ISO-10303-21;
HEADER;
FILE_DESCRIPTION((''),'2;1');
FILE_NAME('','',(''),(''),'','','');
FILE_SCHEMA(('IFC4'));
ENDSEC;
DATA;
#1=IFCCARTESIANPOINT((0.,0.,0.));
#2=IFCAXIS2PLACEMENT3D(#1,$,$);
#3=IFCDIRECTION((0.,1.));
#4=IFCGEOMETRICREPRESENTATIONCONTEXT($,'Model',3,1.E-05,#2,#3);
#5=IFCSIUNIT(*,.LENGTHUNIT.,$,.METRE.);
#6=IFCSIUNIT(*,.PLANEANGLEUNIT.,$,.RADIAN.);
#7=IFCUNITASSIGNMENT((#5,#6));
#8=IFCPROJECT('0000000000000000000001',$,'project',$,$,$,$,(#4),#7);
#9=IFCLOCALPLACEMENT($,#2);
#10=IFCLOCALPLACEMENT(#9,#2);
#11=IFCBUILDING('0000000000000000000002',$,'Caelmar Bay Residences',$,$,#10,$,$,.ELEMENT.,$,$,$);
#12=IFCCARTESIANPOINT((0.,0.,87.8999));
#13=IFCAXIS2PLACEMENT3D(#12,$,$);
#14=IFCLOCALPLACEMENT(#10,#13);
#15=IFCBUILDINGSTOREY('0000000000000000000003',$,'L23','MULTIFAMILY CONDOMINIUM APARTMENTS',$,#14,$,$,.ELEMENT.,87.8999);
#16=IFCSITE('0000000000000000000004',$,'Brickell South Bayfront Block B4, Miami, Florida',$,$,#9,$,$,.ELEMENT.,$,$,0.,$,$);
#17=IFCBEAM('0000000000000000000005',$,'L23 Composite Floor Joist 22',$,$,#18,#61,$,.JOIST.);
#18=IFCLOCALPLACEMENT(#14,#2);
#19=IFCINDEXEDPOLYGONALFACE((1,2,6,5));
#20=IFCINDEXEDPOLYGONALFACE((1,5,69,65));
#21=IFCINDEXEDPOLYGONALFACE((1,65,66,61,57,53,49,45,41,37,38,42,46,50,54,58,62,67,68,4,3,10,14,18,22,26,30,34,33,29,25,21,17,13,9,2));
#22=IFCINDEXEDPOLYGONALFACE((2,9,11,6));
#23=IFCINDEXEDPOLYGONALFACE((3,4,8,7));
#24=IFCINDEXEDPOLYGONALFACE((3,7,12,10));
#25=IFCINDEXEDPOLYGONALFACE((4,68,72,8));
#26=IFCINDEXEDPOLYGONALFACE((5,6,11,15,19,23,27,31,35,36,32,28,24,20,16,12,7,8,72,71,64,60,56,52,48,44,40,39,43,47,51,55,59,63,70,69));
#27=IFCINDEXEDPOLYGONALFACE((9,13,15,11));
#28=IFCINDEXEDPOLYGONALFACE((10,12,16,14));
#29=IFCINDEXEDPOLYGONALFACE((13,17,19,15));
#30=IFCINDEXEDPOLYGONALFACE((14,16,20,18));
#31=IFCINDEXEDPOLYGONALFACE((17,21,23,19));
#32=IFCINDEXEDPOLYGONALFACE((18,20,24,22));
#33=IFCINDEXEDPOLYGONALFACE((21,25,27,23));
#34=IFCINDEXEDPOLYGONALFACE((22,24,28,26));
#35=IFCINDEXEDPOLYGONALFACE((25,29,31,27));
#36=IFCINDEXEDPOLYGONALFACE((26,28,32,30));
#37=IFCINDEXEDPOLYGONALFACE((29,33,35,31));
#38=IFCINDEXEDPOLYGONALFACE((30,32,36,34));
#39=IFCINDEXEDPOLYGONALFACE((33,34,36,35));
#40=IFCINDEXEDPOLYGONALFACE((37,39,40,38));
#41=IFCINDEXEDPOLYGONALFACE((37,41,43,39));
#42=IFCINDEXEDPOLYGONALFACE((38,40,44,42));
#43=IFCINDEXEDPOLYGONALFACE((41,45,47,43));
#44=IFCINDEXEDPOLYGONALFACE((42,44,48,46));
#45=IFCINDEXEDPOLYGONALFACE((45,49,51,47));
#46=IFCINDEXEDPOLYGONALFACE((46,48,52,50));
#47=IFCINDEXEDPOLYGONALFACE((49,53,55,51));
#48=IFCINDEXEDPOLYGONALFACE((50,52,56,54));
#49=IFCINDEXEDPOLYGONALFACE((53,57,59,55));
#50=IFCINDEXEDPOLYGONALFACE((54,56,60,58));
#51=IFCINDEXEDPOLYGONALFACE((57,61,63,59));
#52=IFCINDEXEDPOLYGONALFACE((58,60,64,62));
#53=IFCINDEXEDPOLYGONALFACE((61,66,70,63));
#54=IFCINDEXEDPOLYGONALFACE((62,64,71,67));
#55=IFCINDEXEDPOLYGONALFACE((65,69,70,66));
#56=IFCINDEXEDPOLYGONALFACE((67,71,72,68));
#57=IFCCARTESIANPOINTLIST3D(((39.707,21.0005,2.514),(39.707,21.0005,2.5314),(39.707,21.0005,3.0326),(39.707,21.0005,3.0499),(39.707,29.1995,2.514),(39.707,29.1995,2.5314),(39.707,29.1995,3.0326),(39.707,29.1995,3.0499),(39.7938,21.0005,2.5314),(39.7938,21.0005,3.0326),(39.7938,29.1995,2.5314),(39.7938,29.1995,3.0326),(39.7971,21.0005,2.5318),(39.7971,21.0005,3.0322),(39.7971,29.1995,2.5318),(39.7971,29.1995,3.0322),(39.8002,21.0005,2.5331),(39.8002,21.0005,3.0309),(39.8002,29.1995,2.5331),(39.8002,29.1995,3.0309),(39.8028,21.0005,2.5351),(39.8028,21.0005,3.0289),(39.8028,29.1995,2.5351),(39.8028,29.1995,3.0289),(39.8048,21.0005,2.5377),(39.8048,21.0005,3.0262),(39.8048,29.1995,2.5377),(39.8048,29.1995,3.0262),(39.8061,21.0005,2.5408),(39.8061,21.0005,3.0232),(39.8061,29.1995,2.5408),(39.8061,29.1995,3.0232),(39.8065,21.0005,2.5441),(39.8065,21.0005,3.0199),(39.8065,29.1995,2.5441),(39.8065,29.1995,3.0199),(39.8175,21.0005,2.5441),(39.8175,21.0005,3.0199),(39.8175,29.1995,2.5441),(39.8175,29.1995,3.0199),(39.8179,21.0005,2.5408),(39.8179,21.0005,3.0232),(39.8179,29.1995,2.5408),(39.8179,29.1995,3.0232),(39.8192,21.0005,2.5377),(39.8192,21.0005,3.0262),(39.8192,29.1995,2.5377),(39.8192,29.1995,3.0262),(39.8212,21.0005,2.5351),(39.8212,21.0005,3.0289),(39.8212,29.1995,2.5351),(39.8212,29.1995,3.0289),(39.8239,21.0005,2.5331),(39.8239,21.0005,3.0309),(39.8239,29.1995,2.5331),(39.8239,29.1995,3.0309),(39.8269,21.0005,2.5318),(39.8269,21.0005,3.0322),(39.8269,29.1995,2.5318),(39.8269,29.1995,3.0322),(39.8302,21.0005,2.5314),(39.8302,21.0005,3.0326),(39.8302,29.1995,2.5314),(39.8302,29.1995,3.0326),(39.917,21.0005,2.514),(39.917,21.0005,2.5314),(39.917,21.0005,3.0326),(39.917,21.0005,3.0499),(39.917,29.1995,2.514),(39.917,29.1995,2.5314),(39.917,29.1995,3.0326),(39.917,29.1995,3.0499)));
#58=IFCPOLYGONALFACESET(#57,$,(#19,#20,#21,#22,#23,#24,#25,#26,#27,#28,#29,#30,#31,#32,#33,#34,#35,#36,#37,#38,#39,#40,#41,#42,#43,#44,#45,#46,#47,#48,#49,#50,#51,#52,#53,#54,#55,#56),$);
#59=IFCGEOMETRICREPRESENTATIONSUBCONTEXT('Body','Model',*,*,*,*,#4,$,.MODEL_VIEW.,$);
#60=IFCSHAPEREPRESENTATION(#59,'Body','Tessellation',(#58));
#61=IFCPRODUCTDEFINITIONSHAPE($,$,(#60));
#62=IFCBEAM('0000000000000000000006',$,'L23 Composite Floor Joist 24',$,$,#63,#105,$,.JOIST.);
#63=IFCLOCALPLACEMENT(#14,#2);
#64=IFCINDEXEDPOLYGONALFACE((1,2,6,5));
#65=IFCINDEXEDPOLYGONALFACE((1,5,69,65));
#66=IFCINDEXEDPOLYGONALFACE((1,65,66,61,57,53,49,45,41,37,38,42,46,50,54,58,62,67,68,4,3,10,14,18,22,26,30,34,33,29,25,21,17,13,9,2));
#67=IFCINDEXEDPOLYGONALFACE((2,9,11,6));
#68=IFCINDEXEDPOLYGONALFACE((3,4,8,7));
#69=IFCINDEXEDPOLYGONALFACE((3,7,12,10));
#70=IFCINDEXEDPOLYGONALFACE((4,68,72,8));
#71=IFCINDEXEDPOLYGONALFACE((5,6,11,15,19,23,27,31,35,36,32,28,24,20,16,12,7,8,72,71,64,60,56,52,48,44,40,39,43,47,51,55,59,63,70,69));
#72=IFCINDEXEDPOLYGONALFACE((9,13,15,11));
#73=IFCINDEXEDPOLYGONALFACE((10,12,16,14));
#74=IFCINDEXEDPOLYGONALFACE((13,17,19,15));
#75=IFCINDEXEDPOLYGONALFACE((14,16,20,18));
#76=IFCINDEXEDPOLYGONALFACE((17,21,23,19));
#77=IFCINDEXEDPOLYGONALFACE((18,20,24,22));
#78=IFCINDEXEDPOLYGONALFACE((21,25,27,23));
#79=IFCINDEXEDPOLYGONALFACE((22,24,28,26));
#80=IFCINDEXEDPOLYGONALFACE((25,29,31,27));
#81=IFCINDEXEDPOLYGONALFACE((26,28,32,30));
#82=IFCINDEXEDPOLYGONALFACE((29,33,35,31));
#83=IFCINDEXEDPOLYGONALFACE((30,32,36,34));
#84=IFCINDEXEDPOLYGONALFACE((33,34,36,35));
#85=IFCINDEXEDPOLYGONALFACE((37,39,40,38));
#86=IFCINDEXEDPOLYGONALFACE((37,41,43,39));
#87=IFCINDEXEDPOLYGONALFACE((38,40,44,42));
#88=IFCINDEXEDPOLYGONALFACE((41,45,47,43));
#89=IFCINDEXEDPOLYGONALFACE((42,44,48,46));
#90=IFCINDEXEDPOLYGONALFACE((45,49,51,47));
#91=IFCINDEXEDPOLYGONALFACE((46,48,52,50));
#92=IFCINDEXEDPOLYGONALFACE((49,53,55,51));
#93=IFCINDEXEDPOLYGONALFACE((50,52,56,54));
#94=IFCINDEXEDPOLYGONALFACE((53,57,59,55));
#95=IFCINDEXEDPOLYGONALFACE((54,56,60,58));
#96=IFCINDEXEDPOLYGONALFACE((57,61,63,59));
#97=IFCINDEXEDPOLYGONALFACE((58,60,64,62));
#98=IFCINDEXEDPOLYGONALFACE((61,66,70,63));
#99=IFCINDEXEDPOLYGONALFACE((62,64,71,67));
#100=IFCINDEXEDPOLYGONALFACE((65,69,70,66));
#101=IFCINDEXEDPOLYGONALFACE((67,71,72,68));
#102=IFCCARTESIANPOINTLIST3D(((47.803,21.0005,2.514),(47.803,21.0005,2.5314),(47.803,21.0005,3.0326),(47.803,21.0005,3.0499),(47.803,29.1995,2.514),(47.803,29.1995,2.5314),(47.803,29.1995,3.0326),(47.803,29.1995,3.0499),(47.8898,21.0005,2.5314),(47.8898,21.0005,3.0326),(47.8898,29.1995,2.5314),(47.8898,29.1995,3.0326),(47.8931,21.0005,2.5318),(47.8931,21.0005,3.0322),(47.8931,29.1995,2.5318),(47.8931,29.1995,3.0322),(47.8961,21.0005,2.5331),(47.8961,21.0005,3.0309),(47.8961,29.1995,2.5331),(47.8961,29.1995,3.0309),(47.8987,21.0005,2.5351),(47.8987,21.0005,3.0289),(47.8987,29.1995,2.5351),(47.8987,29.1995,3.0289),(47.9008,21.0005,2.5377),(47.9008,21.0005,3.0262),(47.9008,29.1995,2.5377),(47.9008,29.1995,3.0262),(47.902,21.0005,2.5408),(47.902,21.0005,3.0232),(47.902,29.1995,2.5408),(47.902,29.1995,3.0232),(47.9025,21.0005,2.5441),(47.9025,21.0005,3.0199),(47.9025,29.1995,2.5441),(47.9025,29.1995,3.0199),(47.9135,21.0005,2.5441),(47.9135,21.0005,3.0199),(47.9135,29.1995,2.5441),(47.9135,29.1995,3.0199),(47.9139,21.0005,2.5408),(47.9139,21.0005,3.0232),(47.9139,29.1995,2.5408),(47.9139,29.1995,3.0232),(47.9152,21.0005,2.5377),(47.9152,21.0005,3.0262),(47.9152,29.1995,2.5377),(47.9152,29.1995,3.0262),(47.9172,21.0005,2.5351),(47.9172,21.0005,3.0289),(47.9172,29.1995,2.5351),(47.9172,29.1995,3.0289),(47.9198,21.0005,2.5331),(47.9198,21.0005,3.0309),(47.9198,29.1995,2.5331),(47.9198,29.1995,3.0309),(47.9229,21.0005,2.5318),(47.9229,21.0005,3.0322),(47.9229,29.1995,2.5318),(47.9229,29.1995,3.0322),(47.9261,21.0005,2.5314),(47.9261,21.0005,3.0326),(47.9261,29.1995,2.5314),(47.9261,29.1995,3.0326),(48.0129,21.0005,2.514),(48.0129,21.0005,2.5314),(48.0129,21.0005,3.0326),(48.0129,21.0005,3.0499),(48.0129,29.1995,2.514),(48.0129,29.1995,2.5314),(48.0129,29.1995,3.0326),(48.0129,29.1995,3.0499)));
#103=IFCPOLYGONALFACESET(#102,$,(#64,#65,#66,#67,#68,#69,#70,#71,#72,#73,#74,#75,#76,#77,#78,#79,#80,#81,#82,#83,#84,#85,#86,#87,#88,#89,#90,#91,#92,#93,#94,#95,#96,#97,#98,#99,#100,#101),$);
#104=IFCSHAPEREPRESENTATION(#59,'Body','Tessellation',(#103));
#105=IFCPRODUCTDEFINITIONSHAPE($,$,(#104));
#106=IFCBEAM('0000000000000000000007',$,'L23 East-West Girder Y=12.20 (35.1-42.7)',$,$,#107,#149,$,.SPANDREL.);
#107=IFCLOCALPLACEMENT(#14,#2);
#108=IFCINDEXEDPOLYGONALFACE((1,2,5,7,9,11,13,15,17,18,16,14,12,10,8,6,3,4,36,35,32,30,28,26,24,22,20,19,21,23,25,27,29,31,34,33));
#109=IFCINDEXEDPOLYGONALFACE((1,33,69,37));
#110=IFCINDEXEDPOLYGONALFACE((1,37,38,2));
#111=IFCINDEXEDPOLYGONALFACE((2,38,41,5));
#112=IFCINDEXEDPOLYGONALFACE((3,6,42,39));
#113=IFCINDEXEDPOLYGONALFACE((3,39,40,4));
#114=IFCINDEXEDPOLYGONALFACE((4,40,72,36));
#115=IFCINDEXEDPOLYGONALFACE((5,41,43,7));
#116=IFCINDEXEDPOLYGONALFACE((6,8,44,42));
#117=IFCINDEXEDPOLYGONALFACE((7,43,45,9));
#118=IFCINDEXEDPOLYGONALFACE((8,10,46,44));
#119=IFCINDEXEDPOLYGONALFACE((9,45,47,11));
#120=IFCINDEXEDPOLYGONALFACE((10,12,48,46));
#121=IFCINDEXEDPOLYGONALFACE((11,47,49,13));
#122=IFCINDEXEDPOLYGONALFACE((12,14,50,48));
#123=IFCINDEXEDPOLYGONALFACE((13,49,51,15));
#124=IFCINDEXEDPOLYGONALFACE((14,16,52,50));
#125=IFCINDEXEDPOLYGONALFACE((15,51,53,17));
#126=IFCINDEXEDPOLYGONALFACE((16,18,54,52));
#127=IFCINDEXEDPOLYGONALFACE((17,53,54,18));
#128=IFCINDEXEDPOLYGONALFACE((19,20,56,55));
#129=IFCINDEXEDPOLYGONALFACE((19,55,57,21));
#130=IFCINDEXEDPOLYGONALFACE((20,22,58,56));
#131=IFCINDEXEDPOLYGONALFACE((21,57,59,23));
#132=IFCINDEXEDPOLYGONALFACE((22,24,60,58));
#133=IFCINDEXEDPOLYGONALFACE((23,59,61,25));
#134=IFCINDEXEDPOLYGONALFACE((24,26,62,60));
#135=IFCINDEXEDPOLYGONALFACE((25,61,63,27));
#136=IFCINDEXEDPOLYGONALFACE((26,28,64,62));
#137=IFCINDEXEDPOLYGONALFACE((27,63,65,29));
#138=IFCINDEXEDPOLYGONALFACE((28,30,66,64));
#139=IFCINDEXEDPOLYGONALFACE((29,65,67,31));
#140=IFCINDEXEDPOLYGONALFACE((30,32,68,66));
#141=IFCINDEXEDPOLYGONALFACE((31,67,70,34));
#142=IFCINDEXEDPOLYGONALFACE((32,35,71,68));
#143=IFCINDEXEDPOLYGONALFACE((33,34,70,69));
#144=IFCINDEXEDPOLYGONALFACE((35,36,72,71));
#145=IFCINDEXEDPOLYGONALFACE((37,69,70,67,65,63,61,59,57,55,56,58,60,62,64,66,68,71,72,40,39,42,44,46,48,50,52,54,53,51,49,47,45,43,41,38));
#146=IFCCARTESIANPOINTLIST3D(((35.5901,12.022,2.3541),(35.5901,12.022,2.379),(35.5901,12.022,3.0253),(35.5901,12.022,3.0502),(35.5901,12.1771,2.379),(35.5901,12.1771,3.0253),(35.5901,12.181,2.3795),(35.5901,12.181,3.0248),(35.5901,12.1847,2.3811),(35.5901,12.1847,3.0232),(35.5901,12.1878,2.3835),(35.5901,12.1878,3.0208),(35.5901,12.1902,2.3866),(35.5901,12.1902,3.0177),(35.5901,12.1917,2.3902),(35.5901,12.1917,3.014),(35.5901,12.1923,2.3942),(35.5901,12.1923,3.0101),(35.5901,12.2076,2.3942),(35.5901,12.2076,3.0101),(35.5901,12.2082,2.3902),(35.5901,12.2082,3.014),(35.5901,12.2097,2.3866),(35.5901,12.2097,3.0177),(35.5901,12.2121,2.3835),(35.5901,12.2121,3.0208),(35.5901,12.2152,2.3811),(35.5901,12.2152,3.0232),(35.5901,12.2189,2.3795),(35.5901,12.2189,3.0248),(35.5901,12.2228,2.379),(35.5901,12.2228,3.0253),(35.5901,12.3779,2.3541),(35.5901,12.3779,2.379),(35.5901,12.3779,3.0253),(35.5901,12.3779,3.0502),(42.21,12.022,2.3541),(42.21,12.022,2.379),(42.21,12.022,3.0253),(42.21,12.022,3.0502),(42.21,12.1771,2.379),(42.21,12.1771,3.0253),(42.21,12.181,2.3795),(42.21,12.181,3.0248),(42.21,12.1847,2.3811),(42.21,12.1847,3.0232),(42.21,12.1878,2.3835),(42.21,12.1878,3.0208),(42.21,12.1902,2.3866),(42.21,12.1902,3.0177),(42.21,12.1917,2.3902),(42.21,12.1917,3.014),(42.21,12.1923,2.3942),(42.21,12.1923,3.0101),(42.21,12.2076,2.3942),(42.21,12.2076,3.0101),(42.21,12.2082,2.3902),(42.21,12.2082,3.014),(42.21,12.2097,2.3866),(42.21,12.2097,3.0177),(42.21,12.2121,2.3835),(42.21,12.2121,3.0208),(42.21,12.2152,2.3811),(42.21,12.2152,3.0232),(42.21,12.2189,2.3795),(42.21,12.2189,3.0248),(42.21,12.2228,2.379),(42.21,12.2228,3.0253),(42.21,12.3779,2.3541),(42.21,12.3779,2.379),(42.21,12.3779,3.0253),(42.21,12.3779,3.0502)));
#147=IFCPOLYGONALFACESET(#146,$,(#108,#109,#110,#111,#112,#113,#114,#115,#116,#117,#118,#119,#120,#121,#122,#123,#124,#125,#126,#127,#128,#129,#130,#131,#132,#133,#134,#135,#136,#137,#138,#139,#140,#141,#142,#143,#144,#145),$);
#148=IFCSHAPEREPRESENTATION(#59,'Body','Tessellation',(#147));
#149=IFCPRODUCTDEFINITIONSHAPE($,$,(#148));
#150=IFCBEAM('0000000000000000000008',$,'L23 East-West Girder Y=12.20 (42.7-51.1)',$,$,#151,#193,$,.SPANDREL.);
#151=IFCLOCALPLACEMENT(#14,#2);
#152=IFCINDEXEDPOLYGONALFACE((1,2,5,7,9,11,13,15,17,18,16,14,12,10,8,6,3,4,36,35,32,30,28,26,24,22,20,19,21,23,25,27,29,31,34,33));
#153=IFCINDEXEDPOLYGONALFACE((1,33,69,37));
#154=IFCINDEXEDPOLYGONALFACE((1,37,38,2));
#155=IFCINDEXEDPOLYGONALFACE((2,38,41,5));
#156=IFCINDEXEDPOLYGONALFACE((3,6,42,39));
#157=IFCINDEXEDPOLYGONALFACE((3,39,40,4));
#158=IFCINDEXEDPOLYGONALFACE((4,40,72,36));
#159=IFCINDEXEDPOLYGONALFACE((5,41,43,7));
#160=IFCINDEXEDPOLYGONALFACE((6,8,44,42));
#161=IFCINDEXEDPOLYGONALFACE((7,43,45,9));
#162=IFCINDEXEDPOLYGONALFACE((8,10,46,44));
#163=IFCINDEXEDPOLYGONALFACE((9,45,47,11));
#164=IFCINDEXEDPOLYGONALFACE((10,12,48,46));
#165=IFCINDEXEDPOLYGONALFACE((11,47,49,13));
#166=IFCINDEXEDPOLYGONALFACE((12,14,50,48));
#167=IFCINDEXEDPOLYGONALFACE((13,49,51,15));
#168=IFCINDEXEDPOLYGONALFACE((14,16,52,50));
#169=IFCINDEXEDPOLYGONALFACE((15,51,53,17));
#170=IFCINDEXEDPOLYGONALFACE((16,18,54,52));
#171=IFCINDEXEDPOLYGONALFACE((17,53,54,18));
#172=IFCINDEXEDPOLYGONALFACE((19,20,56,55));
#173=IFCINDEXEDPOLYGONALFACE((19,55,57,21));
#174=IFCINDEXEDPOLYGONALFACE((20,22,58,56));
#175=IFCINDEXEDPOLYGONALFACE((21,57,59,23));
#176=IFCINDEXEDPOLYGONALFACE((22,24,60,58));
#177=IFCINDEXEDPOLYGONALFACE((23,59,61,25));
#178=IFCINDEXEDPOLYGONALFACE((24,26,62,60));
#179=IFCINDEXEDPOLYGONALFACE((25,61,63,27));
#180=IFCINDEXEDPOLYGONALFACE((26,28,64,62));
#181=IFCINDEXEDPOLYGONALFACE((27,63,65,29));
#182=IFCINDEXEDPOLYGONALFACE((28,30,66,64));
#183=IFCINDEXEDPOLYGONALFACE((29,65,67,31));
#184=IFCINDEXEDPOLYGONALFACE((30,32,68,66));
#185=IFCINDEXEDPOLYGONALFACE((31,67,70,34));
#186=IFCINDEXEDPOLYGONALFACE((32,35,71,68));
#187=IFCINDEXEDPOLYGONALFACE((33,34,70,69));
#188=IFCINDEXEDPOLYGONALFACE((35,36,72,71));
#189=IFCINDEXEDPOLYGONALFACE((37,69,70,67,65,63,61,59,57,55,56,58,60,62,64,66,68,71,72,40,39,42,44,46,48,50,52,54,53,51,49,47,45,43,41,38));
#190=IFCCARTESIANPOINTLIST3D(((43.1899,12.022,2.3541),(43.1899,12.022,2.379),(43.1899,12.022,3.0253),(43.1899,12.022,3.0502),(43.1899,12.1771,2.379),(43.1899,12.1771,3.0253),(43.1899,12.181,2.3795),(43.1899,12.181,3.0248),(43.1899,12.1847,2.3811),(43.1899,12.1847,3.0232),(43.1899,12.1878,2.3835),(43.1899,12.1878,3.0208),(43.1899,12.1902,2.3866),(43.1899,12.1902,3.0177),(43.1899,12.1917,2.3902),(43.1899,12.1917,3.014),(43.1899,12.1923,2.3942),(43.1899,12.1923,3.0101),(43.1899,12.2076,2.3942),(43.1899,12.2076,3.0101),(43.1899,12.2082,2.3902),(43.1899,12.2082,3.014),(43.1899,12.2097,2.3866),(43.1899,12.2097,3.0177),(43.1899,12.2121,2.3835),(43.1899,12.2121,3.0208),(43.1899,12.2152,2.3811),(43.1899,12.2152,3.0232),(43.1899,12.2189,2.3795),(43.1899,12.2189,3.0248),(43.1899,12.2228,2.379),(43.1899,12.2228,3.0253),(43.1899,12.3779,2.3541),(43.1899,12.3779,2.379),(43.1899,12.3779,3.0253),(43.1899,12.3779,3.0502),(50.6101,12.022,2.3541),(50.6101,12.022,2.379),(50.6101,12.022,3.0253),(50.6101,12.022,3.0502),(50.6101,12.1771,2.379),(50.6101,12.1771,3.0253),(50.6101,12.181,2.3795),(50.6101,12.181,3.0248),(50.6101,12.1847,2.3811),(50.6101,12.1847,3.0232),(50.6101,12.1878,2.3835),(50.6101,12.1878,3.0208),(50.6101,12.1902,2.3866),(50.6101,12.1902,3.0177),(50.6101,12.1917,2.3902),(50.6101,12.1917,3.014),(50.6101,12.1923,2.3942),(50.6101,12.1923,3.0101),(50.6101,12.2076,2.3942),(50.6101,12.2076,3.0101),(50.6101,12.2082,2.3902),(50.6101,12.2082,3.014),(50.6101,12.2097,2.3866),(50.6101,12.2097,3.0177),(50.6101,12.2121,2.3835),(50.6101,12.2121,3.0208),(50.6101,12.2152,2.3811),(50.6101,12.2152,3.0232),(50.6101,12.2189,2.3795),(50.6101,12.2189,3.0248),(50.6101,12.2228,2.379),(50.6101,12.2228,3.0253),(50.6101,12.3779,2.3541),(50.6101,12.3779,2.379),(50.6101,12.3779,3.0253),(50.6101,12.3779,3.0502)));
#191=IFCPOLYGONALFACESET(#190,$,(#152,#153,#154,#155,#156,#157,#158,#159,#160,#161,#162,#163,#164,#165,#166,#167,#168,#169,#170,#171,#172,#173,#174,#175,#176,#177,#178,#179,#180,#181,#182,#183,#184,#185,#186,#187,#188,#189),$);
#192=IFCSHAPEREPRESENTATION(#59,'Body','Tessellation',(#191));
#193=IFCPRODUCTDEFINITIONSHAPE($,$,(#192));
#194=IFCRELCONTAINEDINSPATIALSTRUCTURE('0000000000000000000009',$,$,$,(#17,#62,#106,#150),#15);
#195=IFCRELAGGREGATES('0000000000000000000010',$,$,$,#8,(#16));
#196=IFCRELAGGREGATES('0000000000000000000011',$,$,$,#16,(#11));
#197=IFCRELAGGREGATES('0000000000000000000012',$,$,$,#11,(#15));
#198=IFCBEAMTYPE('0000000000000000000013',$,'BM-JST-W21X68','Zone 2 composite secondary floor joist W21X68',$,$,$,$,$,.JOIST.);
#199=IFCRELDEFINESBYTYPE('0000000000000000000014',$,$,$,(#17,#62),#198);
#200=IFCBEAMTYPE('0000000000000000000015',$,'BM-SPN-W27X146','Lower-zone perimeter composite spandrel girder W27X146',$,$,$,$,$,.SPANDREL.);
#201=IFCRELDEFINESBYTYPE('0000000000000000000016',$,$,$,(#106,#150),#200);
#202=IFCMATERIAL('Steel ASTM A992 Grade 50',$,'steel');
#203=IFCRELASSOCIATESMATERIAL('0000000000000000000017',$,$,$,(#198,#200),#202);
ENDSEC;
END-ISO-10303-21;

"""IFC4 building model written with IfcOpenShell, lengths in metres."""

from ifc_helpers import new_model, si_unit, direction, frame, origin, origin_2d, place, context, subcontext, project, spatial, i_section, extrude, material, material_profile, profile_set, type_object, element, save


model = new_model("IFC4")

# Units and contexts
model_context = context("Model", 3, precision=1e-05, world=origin(), true_north=direction((0.0, 1.0)))
body_context = subcontext(model_context, "Body", "Model", "MODEL_VIEW")
ifc_project = project(units=[si_unit("LENGTHUNIT", "METRE"), si_unit("PLANEANGLEUNIT", "RADIAN")], contexts=[model_context])

# Site, building, storey
site_placement = place(None, origin())
site = spatial("IfcSite", under=ifc_project, at=site_placement, Name="Brickell South Bayfront Block B4, Miami, Florida", CompositionType="ELEMENT", RefElevation=0.0)
building_placement = place(site_placement, origin())
building = spatial("IfcBuilding", under=site, at=building_placement, Name="Caelmar Bay Residences", CompositionType="ELEMENT")
storey_placement = place(building_placement, frame((0.0, 0.0, 87.8999)))
storey = spatial("IfcBuildingStorey", under=building, at=storey_placement, Name="L23", Description="MULTIFAMILY CONDOMINIUM APARTMENTS", CompositionType="ELEMENT", Elevation=87.8999)

# Beams
ifc_material_1 = material(Name="Steel ASTM A992 Grade 50", Category="steel")
ifc_material_profile_1 = material_profile(ifc_material_1, i_section(OverallWidth=0.21, OverallDepth=0.5359, WebThickness=0.011, FlangeThickness=0.0173, FilletRadius=0.0127, at=origin_2d()), Name="W21X68")
ifc_profile_set_1 = profile_set([ifc_material_profile_1], Name="Steel ASTM A992 Grade 50")
beam_type_1 = type_object("IfcBeamType", Name="BM-JST-W21X68", Description="Zone 2 composite secondary floor joist W21X68", PredefinedType="JOIST", material=ifc_profile_set_1)
for number, where, z_axis, x_axis, name in (
    (1, (39.812, 21.0005, 2.782), (0.0, 1.0, 0.0), (-1.0, 0.0, 0.0), "L23 Composite Floor Joist 22"),
    (2, (47.908, 21.0005, 2.782), (0.0, 1.0, 0.0), (-1.0, 0.0, 0.0), "L23 Composite Floor Joist 24"),
):
    element("IfcBeam", number, at=place(storey_placement, frame(where, z_axis=z_axis, x_axis=x_axis)), inside=storey, type_object=beam_type_1, Name=name, PredefinedType="JOIST", context=body_context, shape_type="SweptSolid", body=[
        extrude(i_section(OverallWidth=0.21, OverallDepth=0.5359, WebThickness=0.011, FlangeThickness=0.0173, FilletRadius=0.0127, at=origin_2d()), origin(), (0.0, 0.0, 1.0), 8.199),
    ])
ifc_material_profile_2 = material_profile(ifc_material_1, i_section(OverallWidth=0.356, OverallDepth=0.696, WebThickness=0.0154, FlangeThickness=0.0249, FilletRadius=0.0151, at=origin_2d()), Name="W27X146")
ifc_profile_set_2 = profile_set([ifc_material_profile_2], Name="Steel ASTM A992 Grade 50")
beam_type_2 = type_object("IfcBeamType", Name="BM-SPN-W27X146", Description="Lower-zone perimeter composite spandrel girder W27X146", PredefinedType="SPANDREL", material=ifc_profile_set_2)
beam_1_placement = place(storey_placement, frame((35.5901, 12.2, 2.7021), z_axis=(1.0, 0.0, 0.0), x_axis=(0.0, 1.0, 0.0)))
element("IfcBeam", 3, at=beam_1_placement, inside=storey, type_object=beam_type_2, Name="L23 East-West Girder Y=12.20 (35.1-42.7)", PredefinedType="SPANDREL", context=body_context, shape_type="SweptSolid", body=[
    extrude(i_section(OverallWidth=0.356, OverallDepth=0.696, WebThickness=0.0154, FlangeThickness=0.0249, FilletRadius=0.0151, at=origin_2d()), origin(), (0.0, 0.0, 1.0), 6.6199),
])
beam_2_placement = place(storey_placement, frame((43.1899, 12.2, 2.7021), z_axis=(1.0, 0.0, 0.0), x_axis=(0.0, 1.0, 0.0)))
element("IfcBeam", 4, at=beam_2_placement, inside=storey, type_object=beam_type_2, Name="L23 East-West Girder Y=12.20 (42.7-51.1)", PredefinedType="SPANDREL", context=body_context, shape_type="SweptSolid", body=[
    extrude(i_section(OverallWidth=0.356, OverallDepth=0.696, WebThickness=0.0154, FlangeThickness=0.0249, FilletRadius=0.0151, at=origin_2d()), origin(), (0.0, 0.0, 1.0), 7.4202),
])

save(model, "model.ifc")
